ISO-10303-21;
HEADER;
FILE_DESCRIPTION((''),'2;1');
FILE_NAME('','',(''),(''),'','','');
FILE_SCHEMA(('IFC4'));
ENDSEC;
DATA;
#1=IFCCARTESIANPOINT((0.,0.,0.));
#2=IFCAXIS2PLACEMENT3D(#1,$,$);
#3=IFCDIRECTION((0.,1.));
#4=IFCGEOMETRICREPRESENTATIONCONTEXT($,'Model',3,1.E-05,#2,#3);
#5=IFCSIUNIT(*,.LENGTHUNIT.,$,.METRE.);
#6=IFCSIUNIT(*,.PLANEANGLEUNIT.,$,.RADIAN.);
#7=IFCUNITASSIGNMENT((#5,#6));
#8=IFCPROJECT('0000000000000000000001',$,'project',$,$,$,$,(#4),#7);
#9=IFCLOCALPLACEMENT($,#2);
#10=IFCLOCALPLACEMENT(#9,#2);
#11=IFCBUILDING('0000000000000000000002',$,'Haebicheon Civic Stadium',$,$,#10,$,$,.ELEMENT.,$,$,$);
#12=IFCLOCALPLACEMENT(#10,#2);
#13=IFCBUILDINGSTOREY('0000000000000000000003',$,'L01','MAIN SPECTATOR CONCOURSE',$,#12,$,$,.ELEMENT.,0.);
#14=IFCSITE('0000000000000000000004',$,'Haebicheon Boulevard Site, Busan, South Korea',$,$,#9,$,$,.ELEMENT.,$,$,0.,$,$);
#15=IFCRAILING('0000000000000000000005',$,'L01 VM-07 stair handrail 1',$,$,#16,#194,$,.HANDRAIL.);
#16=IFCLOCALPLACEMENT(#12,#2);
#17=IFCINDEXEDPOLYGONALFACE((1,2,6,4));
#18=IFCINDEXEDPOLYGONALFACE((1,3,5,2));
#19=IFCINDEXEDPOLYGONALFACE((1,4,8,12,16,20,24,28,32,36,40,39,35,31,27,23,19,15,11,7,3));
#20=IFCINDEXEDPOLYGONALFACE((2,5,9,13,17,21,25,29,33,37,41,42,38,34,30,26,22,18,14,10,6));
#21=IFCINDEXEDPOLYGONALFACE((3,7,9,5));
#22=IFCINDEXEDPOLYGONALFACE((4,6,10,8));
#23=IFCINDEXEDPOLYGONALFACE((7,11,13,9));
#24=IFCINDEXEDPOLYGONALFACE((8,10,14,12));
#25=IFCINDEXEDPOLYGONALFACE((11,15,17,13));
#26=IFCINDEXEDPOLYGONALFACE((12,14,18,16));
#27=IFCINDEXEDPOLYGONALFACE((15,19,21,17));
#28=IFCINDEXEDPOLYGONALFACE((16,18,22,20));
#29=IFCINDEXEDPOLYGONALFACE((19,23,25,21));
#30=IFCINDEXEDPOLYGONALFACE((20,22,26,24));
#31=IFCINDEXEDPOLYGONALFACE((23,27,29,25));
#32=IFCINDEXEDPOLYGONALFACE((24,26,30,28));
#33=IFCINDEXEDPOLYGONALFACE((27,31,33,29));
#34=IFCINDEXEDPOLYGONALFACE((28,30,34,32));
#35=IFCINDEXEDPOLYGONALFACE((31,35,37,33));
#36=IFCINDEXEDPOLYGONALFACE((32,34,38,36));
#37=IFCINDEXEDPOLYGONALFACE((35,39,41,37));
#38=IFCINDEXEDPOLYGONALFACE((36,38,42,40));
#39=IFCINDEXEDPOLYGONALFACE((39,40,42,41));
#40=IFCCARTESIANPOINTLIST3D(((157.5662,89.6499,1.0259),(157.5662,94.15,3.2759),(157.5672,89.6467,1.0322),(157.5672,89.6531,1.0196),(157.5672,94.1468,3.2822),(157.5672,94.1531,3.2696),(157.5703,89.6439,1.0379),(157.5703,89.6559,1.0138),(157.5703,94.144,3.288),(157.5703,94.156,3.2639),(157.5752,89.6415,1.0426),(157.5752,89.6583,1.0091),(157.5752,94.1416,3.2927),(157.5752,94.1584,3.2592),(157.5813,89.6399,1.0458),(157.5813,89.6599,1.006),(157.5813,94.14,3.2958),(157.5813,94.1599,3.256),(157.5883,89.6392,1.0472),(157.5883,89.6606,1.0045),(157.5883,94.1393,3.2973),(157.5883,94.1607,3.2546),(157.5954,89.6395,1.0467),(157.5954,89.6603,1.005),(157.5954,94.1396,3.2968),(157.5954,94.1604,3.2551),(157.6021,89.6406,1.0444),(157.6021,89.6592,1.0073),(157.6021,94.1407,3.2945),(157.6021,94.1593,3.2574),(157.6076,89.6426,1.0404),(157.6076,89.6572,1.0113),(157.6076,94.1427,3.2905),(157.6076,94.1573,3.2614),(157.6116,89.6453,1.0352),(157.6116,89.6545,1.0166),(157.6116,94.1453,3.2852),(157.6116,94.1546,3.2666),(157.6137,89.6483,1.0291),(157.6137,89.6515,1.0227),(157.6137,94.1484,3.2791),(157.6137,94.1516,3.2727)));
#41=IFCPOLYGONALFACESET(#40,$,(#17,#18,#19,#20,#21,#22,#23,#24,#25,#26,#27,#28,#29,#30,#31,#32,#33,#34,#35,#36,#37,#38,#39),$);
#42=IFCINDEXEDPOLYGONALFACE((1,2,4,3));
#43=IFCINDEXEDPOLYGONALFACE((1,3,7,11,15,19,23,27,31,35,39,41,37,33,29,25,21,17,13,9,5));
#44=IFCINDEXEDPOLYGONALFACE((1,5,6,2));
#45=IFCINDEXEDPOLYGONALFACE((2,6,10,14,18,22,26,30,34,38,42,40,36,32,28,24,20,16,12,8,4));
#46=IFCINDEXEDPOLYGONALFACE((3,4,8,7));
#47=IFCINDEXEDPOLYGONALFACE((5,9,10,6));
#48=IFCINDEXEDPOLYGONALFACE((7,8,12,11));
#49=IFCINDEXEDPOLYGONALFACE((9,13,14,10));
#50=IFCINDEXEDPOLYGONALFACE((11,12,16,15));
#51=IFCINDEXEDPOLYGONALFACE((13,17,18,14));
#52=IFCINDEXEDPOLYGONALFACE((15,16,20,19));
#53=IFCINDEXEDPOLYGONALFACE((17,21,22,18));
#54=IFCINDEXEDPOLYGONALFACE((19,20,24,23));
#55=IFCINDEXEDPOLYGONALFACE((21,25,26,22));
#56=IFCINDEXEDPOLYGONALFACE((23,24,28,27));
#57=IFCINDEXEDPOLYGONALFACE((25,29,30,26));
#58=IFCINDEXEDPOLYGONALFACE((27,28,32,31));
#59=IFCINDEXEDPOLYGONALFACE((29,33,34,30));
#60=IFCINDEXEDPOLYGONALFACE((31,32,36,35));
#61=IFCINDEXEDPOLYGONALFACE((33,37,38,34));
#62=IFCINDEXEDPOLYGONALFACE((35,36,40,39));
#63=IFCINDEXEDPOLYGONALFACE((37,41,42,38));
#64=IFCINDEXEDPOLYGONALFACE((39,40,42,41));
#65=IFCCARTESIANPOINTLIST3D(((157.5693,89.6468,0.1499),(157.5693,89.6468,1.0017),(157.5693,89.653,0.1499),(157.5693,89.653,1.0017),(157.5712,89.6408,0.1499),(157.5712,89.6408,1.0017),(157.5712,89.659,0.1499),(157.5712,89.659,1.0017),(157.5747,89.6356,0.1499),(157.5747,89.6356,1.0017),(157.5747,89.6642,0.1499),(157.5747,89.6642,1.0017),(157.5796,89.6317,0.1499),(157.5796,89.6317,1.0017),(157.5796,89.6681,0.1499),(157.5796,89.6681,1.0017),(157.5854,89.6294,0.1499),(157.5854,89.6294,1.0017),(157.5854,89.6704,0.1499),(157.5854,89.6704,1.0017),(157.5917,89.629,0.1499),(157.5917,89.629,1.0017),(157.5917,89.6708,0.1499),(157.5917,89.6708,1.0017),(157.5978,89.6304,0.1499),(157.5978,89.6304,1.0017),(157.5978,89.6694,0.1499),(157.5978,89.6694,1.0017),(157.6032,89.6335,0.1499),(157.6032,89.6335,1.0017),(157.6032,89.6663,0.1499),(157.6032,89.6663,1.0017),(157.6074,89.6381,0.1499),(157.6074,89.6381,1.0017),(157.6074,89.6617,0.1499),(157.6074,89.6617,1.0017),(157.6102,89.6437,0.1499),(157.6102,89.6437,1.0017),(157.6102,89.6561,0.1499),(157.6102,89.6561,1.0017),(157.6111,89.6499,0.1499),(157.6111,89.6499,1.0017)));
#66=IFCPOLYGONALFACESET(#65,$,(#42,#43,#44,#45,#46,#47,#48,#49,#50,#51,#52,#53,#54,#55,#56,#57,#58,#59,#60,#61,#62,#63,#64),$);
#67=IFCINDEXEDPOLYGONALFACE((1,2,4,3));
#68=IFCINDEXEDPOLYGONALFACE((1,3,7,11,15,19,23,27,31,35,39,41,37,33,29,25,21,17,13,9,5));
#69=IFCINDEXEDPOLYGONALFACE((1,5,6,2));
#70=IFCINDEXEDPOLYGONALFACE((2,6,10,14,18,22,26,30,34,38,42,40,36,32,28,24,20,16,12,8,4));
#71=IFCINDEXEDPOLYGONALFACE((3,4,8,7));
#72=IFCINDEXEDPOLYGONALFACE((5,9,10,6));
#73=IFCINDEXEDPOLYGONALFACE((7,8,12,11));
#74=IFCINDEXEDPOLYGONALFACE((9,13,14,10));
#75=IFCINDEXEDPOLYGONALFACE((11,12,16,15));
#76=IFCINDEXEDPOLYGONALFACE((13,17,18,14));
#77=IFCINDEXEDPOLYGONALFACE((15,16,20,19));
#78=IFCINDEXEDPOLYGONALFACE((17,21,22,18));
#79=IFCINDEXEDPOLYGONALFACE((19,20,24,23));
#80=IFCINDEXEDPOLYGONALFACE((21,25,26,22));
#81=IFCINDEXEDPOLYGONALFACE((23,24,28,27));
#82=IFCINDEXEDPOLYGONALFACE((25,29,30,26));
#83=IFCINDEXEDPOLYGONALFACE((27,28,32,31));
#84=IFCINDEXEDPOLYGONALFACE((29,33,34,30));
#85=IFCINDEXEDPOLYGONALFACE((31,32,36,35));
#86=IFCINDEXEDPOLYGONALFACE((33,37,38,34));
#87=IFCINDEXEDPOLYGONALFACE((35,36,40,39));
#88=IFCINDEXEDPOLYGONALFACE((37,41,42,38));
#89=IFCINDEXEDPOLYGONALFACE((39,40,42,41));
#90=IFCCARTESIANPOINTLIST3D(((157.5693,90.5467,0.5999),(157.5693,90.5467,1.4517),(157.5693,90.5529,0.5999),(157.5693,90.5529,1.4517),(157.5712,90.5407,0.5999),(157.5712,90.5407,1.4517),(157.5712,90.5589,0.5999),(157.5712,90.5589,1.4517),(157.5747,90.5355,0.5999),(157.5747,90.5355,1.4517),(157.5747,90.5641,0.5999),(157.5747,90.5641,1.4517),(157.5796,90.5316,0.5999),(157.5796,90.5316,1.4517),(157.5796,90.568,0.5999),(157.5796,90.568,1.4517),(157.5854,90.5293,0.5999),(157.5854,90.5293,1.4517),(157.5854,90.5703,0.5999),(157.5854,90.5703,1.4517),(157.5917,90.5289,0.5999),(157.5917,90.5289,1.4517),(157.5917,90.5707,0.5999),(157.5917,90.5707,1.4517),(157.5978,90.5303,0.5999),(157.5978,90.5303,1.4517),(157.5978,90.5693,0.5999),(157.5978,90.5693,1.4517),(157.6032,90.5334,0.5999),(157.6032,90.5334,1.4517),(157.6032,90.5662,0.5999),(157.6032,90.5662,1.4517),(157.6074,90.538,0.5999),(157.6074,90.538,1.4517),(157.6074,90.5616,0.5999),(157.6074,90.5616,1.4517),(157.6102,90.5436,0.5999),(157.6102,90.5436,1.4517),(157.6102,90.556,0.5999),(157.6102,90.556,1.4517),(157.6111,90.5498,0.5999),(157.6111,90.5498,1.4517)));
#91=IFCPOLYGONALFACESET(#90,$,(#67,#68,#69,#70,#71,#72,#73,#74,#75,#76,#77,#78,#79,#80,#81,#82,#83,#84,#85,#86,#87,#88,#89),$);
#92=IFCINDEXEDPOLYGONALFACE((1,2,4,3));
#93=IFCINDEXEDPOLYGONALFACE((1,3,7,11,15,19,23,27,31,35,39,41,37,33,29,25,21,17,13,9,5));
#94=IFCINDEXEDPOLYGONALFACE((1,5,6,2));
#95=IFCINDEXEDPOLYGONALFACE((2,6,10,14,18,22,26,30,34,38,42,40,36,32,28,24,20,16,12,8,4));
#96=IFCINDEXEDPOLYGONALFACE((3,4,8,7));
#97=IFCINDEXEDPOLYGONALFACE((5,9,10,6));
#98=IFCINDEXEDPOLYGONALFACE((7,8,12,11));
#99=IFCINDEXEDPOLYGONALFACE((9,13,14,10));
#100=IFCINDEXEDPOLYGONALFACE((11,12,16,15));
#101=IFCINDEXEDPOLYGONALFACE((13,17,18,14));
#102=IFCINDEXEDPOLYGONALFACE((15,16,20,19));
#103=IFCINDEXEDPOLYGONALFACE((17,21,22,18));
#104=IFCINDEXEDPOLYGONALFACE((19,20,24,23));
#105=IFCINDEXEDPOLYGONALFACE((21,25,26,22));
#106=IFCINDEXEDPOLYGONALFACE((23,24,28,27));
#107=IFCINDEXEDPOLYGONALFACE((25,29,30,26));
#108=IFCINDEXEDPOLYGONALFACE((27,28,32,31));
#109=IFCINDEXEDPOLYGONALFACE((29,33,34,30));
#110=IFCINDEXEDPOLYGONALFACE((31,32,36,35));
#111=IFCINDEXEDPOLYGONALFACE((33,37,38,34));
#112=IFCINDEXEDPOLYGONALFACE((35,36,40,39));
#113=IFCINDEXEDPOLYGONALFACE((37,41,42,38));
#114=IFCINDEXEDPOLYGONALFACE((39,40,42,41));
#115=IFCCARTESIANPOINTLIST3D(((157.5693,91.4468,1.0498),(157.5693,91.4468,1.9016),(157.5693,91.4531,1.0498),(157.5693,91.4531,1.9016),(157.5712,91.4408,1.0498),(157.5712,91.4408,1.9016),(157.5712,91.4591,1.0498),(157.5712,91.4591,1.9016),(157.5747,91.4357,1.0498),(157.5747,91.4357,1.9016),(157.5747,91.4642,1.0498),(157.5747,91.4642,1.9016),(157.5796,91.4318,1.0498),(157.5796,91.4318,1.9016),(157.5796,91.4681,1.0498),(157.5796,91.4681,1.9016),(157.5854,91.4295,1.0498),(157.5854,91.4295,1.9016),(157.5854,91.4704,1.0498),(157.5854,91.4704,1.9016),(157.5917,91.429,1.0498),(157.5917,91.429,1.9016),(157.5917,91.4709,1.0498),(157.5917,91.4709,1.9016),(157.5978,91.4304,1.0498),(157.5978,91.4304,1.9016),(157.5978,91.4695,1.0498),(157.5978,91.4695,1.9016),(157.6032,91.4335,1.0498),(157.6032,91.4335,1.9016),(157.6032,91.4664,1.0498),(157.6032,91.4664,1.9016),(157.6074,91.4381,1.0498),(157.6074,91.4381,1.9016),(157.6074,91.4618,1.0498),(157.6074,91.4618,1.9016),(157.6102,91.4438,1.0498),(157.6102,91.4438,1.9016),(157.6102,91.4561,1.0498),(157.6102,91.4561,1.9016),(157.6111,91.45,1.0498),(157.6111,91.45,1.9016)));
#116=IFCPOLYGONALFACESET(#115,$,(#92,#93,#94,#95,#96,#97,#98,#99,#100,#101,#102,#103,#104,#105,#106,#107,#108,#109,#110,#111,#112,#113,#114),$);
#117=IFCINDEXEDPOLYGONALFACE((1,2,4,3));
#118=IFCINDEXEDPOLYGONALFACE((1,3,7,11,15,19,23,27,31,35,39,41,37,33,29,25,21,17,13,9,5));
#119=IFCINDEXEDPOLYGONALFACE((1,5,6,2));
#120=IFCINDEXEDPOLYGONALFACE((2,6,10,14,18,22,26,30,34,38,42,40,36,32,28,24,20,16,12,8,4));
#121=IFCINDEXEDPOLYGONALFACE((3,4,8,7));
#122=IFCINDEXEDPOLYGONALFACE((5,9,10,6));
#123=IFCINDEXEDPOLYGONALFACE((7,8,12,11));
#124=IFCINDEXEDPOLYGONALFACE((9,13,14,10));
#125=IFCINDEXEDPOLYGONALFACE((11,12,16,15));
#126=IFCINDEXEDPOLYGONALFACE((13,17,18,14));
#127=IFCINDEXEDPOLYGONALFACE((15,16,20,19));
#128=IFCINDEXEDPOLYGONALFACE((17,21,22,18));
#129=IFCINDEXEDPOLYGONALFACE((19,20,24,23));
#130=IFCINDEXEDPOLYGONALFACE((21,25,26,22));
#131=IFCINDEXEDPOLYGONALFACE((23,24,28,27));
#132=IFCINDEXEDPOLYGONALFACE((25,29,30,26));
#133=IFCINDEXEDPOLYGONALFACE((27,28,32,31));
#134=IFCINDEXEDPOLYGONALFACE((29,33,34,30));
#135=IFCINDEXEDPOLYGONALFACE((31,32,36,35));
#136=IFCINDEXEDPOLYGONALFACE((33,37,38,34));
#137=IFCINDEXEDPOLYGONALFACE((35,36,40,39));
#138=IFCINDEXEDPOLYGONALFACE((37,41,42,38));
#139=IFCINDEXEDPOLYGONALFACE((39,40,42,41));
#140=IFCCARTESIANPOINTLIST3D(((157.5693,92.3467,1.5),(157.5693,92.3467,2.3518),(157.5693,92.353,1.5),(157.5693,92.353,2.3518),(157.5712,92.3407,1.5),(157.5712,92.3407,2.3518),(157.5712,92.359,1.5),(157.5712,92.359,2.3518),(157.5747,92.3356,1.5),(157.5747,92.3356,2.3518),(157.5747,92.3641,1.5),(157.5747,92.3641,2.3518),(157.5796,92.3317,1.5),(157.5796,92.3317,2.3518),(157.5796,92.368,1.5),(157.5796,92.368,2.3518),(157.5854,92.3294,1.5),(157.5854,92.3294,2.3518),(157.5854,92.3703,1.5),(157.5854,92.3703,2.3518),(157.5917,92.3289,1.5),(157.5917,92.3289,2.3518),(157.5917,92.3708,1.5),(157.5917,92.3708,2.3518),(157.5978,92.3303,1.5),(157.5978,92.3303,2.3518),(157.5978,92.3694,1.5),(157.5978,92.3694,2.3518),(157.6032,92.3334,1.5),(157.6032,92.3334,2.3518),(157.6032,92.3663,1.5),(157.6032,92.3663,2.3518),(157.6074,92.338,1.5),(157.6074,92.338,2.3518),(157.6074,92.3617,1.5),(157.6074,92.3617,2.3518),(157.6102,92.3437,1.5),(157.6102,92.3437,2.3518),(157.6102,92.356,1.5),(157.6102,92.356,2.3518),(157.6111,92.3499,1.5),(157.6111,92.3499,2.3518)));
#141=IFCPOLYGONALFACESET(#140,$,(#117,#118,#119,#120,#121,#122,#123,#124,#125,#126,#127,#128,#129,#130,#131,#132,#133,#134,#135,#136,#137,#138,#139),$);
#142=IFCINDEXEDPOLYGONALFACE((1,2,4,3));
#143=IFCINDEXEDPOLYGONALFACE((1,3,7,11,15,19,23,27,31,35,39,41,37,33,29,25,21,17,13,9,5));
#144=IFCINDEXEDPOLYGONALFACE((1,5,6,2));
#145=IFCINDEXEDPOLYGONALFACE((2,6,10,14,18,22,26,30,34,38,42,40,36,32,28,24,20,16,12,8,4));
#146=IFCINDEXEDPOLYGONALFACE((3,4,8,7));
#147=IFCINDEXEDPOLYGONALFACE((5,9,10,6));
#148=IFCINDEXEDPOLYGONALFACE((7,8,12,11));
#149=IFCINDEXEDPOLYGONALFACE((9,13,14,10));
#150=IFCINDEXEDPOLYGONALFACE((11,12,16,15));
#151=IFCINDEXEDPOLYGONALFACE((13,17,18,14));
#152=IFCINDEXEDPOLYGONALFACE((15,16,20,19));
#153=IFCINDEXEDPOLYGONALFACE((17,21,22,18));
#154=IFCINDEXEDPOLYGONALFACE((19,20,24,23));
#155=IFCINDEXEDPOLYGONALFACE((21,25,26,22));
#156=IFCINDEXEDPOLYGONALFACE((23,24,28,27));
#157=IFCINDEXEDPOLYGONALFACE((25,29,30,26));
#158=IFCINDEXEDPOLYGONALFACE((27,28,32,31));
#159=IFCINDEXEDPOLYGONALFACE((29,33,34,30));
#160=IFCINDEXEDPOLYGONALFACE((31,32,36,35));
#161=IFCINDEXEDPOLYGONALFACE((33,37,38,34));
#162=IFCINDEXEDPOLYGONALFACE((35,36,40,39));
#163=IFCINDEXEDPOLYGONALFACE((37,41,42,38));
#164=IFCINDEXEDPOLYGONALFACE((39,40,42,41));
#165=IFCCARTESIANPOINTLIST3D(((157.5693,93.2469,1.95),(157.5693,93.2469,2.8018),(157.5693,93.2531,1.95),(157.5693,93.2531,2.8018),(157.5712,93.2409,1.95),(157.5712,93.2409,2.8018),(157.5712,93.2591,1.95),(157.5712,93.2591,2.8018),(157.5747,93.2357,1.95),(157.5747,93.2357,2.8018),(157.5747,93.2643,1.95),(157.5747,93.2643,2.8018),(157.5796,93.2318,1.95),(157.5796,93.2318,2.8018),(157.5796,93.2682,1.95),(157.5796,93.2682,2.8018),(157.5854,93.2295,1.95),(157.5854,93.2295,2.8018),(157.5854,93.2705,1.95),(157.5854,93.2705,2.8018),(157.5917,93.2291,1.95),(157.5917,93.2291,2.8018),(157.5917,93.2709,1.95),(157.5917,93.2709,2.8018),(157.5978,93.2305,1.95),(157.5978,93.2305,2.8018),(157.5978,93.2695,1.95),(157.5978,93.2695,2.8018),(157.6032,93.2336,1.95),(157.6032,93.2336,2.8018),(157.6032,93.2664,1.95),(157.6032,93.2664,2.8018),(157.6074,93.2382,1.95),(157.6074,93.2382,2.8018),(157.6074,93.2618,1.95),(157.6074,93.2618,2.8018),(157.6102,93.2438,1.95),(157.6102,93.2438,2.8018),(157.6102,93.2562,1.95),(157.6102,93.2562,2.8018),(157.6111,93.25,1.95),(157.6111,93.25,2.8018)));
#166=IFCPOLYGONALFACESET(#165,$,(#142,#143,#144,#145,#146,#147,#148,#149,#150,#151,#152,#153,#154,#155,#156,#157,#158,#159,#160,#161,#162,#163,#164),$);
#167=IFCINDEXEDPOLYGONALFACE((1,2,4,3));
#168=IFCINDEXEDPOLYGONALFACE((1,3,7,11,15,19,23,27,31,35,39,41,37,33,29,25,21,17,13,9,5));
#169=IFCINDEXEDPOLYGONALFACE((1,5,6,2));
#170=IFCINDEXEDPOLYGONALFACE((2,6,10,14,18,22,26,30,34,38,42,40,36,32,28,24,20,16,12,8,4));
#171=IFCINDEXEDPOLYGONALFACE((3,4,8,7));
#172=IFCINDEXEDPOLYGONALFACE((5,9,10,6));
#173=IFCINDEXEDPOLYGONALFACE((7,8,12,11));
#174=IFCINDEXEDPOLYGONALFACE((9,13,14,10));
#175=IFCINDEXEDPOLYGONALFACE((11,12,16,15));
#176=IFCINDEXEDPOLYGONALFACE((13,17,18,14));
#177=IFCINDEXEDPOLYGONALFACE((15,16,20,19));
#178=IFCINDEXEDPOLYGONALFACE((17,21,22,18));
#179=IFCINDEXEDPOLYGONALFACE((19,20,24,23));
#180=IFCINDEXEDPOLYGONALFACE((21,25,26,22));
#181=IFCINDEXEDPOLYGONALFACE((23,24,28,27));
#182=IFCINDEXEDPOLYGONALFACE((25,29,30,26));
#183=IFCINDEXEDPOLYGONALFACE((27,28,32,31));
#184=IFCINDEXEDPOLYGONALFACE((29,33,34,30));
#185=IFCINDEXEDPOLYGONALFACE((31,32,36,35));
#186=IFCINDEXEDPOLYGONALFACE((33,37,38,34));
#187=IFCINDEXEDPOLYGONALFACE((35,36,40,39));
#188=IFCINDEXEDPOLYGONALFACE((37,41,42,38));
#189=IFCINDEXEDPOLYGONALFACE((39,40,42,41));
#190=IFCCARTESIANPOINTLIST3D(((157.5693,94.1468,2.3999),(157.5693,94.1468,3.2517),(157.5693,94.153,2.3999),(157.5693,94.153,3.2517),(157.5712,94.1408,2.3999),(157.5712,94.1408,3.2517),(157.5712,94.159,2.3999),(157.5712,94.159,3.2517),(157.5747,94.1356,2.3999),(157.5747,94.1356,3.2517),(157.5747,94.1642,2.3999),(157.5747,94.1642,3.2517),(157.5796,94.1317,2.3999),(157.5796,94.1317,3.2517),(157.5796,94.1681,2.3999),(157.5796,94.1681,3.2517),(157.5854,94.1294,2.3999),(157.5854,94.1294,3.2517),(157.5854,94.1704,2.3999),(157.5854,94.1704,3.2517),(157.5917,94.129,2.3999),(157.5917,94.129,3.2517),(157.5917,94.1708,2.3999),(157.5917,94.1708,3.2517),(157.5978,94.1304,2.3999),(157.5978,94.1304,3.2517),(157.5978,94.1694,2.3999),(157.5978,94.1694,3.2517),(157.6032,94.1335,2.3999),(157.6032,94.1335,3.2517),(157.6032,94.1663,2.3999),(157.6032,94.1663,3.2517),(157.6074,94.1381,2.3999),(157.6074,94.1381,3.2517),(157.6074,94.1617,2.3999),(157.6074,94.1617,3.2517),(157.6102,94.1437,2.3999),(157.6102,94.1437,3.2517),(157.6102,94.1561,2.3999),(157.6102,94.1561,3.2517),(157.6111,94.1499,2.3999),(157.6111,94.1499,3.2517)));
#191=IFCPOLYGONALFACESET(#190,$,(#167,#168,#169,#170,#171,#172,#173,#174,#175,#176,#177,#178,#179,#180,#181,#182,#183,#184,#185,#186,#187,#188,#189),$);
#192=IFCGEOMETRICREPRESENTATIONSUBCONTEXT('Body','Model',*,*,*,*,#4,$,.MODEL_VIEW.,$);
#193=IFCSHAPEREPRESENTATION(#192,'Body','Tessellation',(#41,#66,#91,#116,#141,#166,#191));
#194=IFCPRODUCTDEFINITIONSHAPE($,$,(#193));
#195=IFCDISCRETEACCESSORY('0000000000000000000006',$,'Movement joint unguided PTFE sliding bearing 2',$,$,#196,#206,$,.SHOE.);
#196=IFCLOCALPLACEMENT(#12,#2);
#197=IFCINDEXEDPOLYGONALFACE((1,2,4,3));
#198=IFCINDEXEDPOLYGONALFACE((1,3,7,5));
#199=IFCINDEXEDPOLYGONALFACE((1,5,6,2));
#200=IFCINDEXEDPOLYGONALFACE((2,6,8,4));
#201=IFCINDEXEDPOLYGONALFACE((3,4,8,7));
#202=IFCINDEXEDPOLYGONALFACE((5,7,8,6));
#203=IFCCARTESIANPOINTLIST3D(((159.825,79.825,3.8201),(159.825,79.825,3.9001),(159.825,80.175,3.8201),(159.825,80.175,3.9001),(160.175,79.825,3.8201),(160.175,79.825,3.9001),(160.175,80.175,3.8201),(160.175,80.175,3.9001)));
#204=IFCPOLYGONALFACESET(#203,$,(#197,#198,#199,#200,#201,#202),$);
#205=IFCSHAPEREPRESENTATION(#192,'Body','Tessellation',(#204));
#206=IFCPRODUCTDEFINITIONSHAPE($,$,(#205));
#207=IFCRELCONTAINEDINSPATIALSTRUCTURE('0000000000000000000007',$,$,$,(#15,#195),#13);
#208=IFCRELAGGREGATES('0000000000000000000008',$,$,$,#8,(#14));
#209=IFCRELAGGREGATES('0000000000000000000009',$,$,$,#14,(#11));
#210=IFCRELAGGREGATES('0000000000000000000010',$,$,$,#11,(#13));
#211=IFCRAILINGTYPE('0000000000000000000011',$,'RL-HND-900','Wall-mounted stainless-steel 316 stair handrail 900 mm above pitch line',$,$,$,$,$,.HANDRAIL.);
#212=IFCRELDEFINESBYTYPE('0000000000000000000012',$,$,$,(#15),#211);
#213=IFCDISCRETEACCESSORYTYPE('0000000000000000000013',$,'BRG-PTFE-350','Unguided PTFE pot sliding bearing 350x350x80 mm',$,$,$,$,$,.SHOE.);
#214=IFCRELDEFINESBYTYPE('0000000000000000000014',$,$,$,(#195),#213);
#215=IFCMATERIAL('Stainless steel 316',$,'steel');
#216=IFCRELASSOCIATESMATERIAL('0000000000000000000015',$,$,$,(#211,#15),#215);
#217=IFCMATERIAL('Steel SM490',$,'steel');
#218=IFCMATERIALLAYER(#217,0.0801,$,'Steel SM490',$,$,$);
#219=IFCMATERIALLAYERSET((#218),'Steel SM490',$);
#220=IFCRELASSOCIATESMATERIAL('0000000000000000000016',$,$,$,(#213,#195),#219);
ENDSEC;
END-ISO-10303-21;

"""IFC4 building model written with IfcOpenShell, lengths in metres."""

from ifc_helpers import new_model, si_unit, direction, frame, origin, origin_2d, place, context, subcontext, project, spatial, rectangle, circle, extrude, material, layer, layer_set, type_object, element, save


model = new_model("IFC4")

# Units and contexts
model_context = context("Model", 3, precision=1e-05, world=origin(), true_north=direction((0.0, 1.0)))
body_context = subcontext(model_context, "Body", "Model", "MODEL_VIEW")
ifc_project = project(units=[si_unit("LENGTHUNIT", "METRE"), si_unit("PLANEANGLEUNIT", "RADIAN")], contexts=[model_context])

# Site, building, storey
site_placement = place(None, origin())
site = spatial("IfcSite", under=ifc_project, at=site_placement, Name="Haebicheon Boulevard Site, Busan, South Korea", CompositionType="ELEMENT", RefElevation=0.0)
building_placement = place(site_placement, origin())
building = spatial("IfcBuilding", under=site, at=building_placement, Name="Haebicheon Civic Stadium", CompositionType="ELEMENT")
storey_placement = place(building_placement, origin())
storey = spatial("IfcBuildingStorey", under=building, at=storey_placement, Name="L01", Description="MAIN SPECTATOR CONCOURSE", CompositionType="ELEMENT", Elevation=0.0)

# Railing
ifc_material_1 = material(Name="Stainless steel 316", Category="steel")
railing_type_1 = type_object("IfcRailingType", Name="RL-HND-900", Description="Wall-mounted stainless-steel 316 stair handrail 900 mm above pitch line", PredefinedType="HANDRAIL", material=ifc_material_1)
railing_1_placement = place(storey_placement, frame((157.5901, 89.6499, 0.1499)))
element("IfcRailing", 1, at=railing_1_placement, inside=storey, type_object=railing_type_1, material=ifc_material_1, Name="L01 VM-07 stair handrail 1", PredefinedType="HANDRAIL", context=body_context, shape_type="SweptSolid", body=[
    extrude(circle(Radius=0.0239, at=origin_2d()), frame((0.0, 0.0, 0.876), z_axis=(0.0, 0.894427, 0.447214), x_axis=(-1.0, 0.0, 0.0)), (0.0, 0.0, 1.0), 5.0312),
    extrude(circle(Radius=0.021, at=origin_2d()), origin(), (0.0, 0.0, 1.0), 0.8518),
    extrude(circle(Radius=0.021, at=origin_2d()), frame((0.0, 0.8999, 0.45)), (0.0, 0.0, 1.0), 0.8518),
    extrude(circle(Radius=0.021, at=origin_2d()), frame((0.0, 1.8, 0.8999)), (0.0, 0.0, 1.0), 0.8518),
    extrude(circle(Radius=0.021, at=origin_2d()), frame((0.0, 2.7, 1.3501)), (0.0, 0.0, 1.0), 0.8518),
    extrude(circle(Radius=0.021, at=origin_2d()), frame((0.0, 3.6001, 1.8)), (0.0, 0.0, 1.0), 0.8518),
    extrude(circle(Radius=0.021, at=origin_2d()), frame((0.0, 4.5, 2.25)), (0.0, 0.0, 1.0), 0.8518),
])

# Discrete accessory
ifc_material_2 = material(Name="Steel SM490", Category="steel")
ifc_layer_1 = layer(ifc_material_2, 0.0801, Name="Steel SM490")
ifc_layer_set_1 = layer_set([ifc_layer_1], Name="Steel SM490")
discrete_accessory_type = type_object("IfcDiscreteAccessoryType", Name="BRG-PTFE-350", Description="Unguided PTFE pot sliding bearing 350x350x80 mm", PredefinedType="SHOE", material=ifc_layer_set_1)
discrete_accessory_placement = place(storey_placement, frame((160.0, 80.0, 3.8201), z_axis=(0.0, 0.0, 1.0), x_axis=(1.0, 0.0, 0.0)))
element("IfcDiscreteAccessory", 2, at=discrete_accessory_placement, inside=storey, type_object=discrete_accessory_type, material=ifc_layer_set_1, Name="Movement joint unguided PTFE sliding bearing 2", PredefinedType="SHOE", context=body_context, shape_type="SweptSolid", body=[
    extrude(rectangle(XDim=0.3501, YDim=0.3501, at=origin_2d()), origin(), (0.0, 0.0, 1.0), 0.0801),
])

save(model, "model.ifc")
